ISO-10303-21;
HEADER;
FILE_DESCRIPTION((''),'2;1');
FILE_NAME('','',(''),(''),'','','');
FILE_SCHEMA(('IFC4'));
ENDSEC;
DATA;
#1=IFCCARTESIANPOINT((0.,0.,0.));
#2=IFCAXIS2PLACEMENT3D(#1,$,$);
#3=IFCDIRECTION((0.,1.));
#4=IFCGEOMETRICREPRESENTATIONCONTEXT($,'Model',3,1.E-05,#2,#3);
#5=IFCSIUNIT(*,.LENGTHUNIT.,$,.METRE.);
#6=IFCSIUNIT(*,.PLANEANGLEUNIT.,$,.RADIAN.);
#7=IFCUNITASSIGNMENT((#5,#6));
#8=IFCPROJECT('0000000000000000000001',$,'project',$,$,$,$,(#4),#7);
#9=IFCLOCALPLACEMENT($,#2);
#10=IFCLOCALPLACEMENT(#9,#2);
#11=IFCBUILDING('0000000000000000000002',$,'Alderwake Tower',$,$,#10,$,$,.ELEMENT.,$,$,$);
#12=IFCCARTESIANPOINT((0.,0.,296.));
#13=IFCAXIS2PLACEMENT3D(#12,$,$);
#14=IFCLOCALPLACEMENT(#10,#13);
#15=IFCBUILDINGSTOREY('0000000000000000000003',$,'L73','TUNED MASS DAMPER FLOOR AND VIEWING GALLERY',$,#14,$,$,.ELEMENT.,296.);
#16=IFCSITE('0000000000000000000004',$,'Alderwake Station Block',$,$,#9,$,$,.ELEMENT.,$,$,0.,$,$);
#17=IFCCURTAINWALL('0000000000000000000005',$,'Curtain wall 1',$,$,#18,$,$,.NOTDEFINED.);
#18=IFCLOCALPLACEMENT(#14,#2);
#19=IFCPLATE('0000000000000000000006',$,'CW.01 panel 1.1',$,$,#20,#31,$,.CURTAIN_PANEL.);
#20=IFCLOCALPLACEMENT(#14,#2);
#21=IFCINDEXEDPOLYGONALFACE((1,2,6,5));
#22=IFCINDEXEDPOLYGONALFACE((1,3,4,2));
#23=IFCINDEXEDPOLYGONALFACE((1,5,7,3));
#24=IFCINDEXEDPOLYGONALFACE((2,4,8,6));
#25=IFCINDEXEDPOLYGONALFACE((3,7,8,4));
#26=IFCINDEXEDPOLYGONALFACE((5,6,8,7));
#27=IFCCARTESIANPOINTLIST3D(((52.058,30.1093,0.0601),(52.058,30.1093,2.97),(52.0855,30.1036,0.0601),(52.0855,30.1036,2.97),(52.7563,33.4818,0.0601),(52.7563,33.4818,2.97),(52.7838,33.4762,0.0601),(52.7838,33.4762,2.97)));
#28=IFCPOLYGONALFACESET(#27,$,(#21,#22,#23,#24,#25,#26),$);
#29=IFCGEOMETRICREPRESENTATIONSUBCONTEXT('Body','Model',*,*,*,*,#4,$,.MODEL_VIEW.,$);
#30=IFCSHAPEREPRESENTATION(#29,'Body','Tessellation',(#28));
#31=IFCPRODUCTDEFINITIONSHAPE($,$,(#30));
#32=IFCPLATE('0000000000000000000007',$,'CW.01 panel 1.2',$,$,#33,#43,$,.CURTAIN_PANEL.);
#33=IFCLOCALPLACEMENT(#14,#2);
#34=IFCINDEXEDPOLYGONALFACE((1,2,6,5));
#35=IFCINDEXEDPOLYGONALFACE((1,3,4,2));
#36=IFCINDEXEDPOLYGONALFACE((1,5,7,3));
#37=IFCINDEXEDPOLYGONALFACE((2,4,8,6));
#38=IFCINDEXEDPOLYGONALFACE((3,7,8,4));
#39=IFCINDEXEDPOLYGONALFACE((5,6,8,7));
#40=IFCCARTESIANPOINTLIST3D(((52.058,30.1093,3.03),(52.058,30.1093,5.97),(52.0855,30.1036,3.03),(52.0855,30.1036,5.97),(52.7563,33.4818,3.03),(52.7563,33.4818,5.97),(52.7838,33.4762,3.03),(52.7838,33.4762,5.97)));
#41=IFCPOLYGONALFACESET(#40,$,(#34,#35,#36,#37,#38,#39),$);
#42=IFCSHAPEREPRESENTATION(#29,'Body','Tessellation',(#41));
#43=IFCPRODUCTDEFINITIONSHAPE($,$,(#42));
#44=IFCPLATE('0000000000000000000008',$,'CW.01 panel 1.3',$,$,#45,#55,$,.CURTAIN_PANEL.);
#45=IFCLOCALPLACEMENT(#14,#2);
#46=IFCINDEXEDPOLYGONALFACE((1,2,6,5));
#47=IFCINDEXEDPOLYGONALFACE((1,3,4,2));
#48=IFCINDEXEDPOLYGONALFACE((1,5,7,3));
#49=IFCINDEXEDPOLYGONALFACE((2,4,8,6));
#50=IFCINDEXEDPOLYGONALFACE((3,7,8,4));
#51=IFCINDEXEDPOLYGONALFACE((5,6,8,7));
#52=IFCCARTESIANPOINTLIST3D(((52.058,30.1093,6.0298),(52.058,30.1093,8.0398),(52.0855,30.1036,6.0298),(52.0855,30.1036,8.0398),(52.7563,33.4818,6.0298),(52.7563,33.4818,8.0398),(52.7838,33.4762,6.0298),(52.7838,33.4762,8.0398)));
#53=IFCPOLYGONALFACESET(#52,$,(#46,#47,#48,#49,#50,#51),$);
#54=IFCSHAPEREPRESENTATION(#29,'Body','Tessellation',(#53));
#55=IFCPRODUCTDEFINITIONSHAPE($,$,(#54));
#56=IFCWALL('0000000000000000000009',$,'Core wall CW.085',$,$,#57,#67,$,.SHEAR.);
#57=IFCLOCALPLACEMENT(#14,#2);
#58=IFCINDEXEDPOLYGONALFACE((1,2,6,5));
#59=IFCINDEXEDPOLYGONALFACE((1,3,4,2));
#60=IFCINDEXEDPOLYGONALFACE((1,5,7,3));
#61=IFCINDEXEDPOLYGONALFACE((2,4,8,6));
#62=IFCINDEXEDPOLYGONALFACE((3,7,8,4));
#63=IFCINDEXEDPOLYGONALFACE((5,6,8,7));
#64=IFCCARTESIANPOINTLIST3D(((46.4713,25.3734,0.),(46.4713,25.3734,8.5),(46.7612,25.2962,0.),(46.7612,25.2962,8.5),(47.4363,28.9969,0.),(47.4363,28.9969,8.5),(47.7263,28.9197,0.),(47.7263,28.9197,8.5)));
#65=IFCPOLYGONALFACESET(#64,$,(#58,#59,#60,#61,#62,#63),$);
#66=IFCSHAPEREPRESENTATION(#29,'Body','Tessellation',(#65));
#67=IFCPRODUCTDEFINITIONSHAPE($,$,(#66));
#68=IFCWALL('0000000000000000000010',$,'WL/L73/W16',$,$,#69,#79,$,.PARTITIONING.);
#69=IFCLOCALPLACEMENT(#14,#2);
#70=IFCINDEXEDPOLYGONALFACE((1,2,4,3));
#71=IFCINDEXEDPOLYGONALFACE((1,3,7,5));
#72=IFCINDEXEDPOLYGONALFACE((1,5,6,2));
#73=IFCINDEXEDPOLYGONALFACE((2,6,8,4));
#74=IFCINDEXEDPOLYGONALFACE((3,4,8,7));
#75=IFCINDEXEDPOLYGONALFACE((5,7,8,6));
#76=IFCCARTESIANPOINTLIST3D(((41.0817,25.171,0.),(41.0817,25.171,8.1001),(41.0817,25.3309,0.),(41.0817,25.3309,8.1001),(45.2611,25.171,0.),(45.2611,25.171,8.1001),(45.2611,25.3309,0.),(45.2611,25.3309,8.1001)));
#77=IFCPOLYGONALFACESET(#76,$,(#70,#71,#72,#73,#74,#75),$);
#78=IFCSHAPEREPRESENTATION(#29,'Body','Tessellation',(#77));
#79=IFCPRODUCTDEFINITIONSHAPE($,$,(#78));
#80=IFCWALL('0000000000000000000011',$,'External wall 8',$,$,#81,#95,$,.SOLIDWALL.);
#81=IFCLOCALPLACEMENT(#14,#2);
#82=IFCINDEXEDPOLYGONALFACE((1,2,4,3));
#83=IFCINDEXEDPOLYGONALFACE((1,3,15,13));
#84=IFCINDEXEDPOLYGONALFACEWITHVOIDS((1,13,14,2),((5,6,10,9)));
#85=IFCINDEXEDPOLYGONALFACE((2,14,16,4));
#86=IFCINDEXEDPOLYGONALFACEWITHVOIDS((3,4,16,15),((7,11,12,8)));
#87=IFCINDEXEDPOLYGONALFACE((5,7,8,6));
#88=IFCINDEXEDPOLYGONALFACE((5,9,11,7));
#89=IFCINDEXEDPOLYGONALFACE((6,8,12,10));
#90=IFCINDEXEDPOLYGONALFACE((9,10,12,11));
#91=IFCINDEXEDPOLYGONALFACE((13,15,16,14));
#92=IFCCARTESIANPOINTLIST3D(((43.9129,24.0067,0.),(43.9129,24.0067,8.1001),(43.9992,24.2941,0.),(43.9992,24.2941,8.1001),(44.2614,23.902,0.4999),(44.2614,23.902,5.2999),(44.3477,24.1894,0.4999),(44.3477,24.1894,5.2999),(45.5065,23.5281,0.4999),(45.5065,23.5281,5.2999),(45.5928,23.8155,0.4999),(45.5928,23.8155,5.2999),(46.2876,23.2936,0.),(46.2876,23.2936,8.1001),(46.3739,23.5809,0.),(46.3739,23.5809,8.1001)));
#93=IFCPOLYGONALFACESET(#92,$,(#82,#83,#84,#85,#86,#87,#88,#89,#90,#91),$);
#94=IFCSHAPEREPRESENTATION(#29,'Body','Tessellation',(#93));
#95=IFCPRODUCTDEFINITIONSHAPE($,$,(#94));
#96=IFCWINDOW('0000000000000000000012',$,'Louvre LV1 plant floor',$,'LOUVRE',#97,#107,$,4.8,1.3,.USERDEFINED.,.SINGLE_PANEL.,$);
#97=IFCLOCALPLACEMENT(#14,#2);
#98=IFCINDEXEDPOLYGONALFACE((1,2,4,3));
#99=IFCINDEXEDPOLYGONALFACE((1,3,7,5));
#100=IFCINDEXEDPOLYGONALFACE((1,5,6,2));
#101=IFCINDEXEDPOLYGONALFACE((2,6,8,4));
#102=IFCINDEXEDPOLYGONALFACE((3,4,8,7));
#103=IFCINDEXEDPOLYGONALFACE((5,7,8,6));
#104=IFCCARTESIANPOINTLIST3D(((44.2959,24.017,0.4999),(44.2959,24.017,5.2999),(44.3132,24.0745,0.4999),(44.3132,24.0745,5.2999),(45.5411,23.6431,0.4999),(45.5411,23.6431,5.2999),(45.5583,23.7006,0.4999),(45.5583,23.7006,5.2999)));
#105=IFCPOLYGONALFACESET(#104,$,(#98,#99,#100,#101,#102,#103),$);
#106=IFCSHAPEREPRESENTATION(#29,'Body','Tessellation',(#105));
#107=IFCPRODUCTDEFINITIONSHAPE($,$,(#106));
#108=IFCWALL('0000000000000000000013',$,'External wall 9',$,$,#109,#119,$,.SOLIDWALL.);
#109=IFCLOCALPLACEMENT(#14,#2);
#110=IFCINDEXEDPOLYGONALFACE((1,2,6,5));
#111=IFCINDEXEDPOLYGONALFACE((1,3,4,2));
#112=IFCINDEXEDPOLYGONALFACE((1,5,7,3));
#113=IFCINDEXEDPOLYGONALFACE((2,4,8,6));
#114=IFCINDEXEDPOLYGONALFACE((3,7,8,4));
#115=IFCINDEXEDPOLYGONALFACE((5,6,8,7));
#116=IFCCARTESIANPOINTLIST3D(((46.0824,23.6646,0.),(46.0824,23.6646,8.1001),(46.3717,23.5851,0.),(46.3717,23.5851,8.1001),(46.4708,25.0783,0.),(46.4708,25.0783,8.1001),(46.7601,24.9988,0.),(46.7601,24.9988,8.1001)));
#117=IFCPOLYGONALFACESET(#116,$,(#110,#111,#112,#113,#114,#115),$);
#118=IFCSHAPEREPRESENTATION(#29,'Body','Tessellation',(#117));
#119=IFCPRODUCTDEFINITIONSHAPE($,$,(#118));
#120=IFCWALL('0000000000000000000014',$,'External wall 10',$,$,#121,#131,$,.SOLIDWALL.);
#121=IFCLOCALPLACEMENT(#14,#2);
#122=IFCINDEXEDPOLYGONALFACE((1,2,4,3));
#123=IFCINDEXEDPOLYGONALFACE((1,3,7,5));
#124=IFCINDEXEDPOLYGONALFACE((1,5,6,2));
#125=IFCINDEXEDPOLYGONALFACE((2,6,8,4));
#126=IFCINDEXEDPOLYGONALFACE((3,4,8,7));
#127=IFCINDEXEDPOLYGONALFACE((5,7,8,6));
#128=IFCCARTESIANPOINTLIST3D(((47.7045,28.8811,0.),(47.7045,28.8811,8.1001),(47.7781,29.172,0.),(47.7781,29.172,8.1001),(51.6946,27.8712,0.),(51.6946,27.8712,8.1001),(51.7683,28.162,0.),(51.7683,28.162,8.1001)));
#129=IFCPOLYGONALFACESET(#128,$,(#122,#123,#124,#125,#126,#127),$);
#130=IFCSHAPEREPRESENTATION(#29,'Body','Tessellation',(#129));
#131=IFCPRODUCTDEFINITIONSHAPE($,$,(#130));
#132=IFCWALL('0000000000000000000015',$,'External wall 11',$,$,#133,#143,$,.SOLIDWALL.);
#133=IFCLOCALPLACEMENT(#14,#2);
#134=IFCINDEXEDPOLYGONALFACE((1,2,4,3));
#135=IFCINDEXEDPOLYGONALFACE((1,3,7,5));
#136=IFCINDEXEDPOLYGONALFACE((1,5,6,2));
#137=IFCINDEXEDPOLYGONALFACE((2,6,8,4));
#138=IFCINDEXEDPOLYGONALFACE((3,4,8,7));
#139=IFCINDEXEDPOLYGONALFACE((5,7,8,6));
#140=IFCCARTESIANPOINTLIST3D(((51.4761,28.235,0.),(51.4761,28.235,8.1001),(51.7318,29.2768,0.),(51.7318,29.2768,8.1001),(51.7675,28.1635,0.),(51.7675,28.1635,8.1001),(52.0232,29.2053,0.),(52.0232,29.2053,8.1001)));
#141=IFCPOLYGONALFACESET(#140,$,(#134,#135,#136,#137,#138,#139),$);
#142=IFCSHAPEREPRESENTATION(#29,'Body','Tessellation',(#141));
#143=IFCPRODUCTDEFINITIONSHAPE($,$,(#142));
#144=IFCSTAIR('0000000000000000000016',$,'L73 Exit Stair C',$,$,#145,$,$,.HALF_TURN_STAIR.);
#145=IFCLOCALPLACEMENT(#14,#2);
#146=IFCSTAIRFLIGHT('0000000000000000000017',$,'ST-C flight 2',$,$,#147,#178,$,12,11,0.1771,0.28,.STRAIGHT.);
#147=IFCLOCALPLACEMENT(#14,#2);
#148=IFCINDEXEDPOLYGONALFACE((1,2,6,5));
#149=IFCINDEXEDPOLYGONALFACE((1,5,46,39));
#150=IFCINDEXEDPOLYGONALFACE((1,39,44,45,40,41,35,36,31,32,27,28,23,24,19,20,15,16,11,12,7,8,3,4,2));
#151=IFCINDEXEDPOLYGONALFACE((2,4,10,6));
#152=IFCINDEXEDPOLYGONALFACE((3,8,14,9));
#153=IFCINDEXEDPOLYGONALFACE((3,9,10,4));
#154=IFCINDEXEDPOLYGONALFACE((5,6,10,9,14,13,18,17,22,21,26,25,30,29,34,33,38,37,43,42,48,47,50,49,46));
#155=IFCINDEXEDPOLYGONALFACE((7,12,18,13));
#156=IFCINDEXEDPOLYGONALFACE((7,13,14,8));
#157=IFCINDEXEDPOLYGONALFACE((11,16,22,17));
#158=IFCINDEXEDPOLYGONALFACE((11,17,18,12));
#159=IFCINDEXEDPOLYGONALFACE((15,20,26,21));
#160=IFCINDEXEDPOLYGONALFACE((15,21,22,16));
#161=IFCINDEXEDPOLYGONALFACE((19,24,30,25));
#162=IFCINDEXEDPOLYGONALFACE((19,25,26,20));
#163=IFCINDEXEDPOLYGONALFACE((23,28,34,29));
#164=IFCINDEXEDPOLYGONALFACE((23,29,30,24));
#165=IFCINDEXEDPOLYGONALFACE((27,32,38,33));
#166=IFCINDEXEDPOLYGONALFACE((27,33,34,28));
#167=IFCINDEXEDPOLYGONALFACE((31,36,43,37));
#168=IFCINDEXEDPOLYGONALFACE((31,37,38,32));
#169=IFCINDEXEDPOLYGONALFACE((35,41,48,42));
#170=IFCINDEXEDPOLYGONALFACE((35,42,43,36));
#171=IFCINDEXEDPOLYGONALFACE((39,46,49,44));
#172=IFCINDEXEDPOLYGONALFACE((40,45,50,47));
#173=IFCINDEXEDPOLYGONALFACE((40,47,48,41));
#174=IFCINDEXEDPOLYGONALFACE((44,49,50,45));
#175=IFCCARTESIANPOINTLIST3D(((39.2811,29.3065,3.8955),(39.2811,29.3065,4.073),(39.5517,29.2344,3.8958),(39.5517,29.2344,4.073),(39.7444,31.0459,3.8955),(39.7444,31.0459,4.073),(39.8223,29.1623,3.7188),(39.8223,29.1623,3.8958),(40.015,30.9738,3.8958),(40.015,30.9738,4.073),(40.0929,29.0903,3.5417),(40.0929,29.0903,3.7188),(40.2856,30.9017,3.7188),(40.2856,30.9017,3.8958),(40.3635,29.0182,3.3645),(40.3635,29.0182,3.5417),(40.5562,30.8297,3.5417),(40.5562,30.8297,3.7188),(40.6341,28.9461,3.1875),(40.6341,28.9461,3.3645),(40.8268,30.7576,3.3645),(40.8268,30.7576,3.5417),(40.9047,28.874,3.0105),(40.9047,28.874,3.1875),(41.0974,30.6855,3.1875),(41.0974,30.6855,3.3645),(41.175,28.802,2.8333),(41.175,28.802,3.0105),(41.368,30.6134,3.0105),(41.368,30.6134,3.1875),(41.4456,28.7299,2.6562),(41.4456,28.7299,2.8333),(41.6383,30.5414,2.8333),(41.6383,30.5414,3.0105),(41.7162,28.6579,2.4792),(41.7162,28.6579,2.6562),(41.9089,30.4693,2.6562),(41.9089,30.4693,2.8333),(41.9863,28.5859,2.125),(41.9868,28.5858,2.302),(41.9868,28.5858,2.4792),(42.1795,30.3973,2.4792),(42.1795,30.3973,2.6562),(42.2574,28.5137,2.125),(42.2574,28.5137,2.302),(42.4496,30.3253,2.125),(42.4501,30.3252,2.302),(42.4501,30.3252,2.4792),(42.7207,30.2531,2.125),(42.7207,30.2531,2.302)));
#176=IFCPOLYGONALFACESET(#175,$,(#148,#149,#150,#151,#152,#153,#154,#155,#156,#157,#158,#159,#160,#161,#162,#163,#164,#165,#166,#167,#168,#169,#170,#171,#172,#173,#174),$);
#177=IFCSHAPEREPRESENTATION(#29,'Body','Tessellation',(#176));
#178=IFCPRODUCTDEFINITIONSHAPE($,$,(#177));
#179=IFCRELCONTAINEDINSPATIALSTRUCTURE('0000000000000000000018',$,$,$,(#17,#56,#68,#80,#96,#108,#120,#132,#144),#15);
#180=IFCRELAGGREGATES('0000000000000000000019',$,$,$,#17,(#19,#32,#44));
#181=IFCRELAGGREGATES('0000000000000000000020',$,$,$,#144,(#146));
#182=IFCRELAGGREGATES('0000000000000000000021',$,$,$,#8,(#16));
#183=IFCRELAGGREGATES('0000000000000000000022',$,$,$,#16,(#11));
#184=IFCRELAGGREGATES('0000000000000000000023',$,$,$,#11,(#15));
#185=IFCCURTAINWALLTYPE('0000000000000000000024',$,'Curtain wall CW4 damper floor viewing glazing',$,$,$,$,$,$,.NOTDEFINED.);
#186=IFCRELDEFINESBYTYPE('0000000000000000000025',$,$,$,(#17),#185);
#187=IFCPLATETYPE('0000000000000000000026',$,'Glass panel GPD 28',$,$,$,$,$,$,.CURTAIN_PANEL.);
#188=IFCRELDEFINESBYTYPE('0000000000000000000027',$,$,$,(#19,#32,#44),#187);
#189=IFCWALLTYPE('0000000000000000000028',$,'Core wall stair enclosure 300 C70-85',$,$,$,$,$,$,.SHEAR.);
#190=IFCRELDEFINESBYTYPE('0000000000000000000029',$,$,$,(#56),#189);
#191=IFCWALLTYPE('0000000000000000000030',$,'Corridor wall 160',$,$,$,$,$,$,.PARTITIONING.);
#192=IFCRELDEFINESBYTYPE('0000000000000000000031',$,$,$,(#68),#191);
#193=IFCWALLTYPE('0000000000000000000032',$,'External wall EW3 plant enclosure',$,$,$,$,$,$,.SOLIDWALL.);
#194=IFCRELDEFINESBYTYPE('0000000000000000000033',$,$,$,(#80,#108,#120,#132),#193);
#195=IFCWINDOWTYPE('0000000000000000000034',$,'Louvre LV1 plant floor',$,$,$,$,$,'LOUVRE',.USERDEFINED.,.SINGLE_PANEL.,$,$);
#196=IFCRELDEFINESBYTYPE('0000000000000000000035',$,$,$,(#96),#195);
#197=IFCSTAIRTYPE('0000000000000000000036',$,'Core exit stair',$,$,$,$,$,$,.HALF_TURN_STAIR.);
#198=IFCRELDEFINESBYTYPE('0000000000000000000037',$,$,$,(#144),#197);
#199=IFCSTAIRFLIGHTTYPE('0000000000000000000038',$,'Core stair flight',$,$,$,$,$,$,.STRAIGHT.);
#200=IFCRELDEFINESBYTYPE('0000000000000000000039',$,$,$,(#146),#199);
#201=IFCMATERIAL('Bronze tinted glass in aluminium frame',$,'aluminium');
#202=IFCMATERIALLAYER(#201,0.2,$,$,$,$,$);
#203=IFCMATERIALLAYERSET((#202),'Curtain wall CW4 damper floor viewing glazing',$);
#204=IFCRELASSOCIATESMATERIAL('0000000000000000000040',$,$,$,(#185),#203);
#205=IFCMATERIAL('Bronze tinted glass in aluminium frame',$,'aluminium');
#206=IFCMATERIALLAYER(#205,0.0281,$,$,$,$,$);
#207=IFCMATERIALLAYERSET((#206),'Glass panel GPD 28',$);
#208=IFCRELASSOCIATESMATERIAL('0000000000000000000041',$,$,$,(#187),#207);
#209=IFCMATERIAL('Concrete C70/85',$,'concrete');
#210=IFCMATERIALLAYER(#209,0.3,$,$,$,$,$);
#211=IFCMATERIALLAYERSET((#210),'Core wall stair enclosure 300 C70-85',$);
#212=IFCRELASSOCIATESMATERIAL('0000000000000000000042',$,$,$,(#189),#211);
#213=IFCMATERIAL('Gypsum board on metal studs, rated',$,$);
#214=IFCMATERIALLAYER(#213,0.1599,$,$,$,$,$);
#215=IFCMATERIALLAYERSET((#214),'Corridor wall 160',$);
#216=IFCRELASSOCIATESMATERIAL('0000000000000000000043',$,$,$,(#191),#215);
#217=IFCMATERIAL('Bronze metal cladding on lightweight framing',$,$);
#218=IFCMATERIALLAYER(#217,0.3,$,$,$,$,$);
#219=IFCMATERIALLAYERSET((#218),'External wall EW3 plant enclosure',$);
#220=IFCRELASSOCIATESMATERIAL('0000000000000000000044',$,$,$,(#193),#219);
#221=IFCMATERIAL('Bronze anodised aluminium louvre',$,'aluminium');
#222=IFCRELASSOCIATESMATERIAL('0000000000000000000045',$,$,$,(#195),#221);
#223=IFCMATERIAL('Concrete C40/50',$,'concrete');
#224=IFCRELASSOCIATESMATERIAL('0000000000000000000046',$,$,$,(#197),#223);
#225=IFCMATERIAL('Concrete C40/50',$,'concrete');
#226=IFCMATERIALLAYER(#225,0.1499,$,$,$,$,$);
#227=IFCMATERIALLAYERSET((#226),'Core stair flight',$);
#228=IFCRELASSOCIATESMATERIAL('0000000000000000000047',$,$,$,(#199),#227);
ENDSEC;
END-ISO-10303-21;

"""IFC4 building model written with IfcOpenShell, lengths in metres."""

from ifc_helpers import new_model, si_unit, direction, frame, frame_2d, origin, origin_2d, place, context, subcontext, project, spatial, polyline, rectangle, outline, extrude, material, layer, layer_set, type_object, element, fill, aggregate, save


model = new_model("IFC4")

# Units and contexts
model_context = context("Model", 3, precision=1e-05, world=origin(), true_north=direction((0.0, 1.0)))
body_context = subcontext(model_context, "Body", "Model", "MODEL_VIEW")
ifc_project = project(units=[si_unit("LENGTHUNIT", "METRE"), si_unit("PLANEANGLEUNIT", "RADIAN")], contexts=[model_context])

# Site, building, storey
site_placement = place(None, origin())
site = spatial("IfcSite", under=ifc_project, at=site_placement, Name="Alderwake Station Block", CompositionType="ELEMENT", RefElevation=0.0)
building_placement = place(site_placement, origin())
building = spatial("IfcBuilding", under=site, at=building_placement, Name="Alderwake Tower", CompositionType="ELEMENT")
storey_placement = place(building_placement, frame((0.0, 0.0, 296.0)))
storey = spatial("IfcBuildingStorey", under=building, at=storey_placement, Name="L73", Description="TUNED MASS DAMPER FLOOR AND VIEWING GALLERY", CompositionType="ELEMENT", Elevation=296.0)

# Curtain wall
ifc_material_1 = material(Name="Bronze tinted glass in aluminium frame", Category="aluminium")
ifc_layer_1 = layer(ifc_material_1, 0.2)
ifc_layer_set_1 = layer_set([ifc_layer_1], Name="Curtain wall CW4 damper floor viewing glazing")
curtain_wall_type = type_object("IfcCurtainWallType", Name="Curtain wall CW4 damper floor viewing glazing", PredefinedType="NOTDEFINED", material=ifc_layer_set_1)
curtain_wall_placement = place(storey_placement, origin())
curtain_wall = element("IfcCurtainWall", 1, at=curtain_wall_placement, inside=storey, type_object=curtain_wall_type, Name="Curtain wall 1", PredefinedType="NOTDEFINED")

# Plates
ifc_material_2 = material(Name="Bronze tinted glass in aluminium frame", Category="aluminium")
ifc_layer_2 = layer(ifc_material_2, 0.0281)
ifc_layer_set_2 = layer_set([ifc_layer_2], Name="Glass panel GPD 28")
plate_type = type_object("IfcPlateType", Name="Glass panel GPD 28", PredefinedType="CURTAIN_PANEL", material=ifc_layer_set_2)
plate_1_placement = place(storey_placement, frame((52.4209, 31.7927, 0.0601), z_axis=(0.0, 0.0, 1.0), x_axis=(0.202761, 0.979228, 0.0)))
plate_1 = element("IfcPlate", 2, at=plate_1_placement, type_object=plate_type, Name="CW.01 panel 1.1", PredefinedType="CURTAIN_PANEL", context=body_context, shape_type="SweptSolid", body=[
    extrude(rectangle(XDim=3.4441, YDim=0.0281, at=origin_2d()), origin(), (0.0, 0.0, 1.0), 2.9099),
])
plate_2_placement = place(storey_placement, frame((52.4209, 31.7927, 3.03), z_axis=(0.0, 0.0, 1.0), x_axis=(0.202761, 0.979228, 0.0)))
plate_2 = element("IfcPlate", 3, at=plate_2_placement, type_object=plate_type, Name="CW.01 panel 1.2", PredefinedType="CURTAIN_PANEL", context=body_context, shape_type="SweptSolid", body=[
    extrude(rectangle(XDim=3.4441, YDim=0.0281, at=origin_2d()), origin(), (0.0, 0.0, 1.0), 2.9399),
])
plate_3_placement = place(storey_placement, frame((52.4209, 31.7927, 6.0298), z_axis=(0.0, 0.0, 1.0), x_axis=(0.202761, 0.979228, 0.0)))
plate_3 = element("IfcPlate", 4, at=plate_3_placement, type_object=plate_type, Name="CW.01 panel 1.3", PredefinedType="CURTAIN_PANEL", context=body_context, shape_type="SweptSolid", body=[
    extrude(rectangle(XDim=3.4441, YDim=0.0281, at=origin_2d()), origin(), (0.0, 0.0, 1.0), 2.01),
])
aggregate(curtain_wall, [plate_1, plate_2, plate_3])

# Walls
ifc_material_3 = material(Name="Concrete C70/85", Category="concrete")
ifc_layer_3 = layer(ifc_material_3, 0.3)
ifc_layer_set_3 = layer_set([ifc_layer_3], Name="Core wall stair enclosure 300 C70-85")
wall_type_1 = type_object("IfcWallType", Name="Core wall stair enclosure 300 C70-85", PredefinedType="SHEAR", material=ifc_layer_set_3)
wall_1_placement = place(storey_placement, frame((46.6162, 25.3347, 0.0), z_axis=(0.0, 0.0, 1.0), x_axis=(0.257367, 0.966314, 0.0)))
element("IfcWall", 5, at=wall_1_placement, inside=storey, type_object=wall_type_1, Name="Core wall CW.085", PredefinedType="SHEAR", context=body_context, shape_type="SweptSolid", body=[
    extrude(rectangle(XDim=3.7498, YDim=0.3, at=frame_2d((1.875, 0.0))), origin(), (0.0, 0.0, 1.0), 8.5),
])
ifc_material_4 = material(Name="Gypsum board on metal studs, rated")
ifc_layer_4 = layer(ifc_material_4, 0.1599)
ifc_layer_set_4 = layer_set([ifc_layer_4], Name="Corridor wall 160")
wall_type_2 = type_object("IfcWallType", Name="Corridor wall 160", PredefinedType="PARTITIONING", material=ifc_layer_set_4)
wall_2_placement = place(storey_placement, frame((45.2612, 25.251, 0.0), z_axis=(0.0, 0.0, 1.0), x_axis=(-1.0, 0.0, 0.0)))
element("IfcWall", 6, at=wall_2_placement, inside=storey, type_object=wall_type_2, Name="WL/L73/W16", PredefinedType="PARTITIONING", context=body_context, shape_type="SweptSolid", body=[
    extrude(rectangle(XDim=4.1794, YDim=0.1599, at=frame_2d((2.0898, 0.0))), origin(), (0.0, 0.0, 1.0), 8.1001),
])

# Wall, opening, window
ifc_material_5 = material(Name="Bronze metal cladding on lightweight framing")
ifc_layer_5 = layer(ifc_material_5, 0.3)
ifc_layer_set_5 = layer_set([ifc_layer_5], Name="External wall EW3 plant enclosure")
wall_type_3 = type_object("IfcWallType", Name="External wall EW3 plant enclosure", PredefinedType="SOLIDWALL", material=ifc_layer_set_5)
wall_3_placement = place(storey_placement, frame((43.9561, 24.1504, 0.0), z_axis=(0.0, 0.0, 1.0), x_axis=(0.957748, -0.28761, 0.0)))
wall_3 = element("IfcWall", 7, at=wall_3_placement, inside=storey, type_object=wall_type_3, Name="External wall 8", PredefinedType="SOLIDWALL", context=body_context, shape_type="SweptSolid", body=[
    extrude(rectangle(XDim=2.4795, YDim=0.3, at=frame_2d((1.2397, 0.0))), origin(), (0.0, 0.0, 1.0), 8.1001),
])
opening_placement = place(wall_3_placement, frame((0.364, 0.0, 0.5)))
opening = element("IfcOpeningElement", 8, at=opening_placement, cuts=wall_3, PredefinedType="OPENING", context=body_context, shape_type="SweptSolid", body=[
    extrude(rectangle(XDim=1.3, YDim=4.8, at=frame_2d((0.6499, 2.3999))), frame((0.0, 0.1599, 0.0), z_axis=(0.0, -1.0, 0.0), x_axis=(1.0, 0.0, 0.0)), (0.0, 0.0, 1.0), 0.3201),
])
ifc_material_6 = material(Name="Bronze anodised aluminium louvre", Category="aluminium")
window_type = type_object("IfcWindowType", Name="Louvre LV1 plant floor", ElementType="LOUVRE", PartitioningType="SINGLE_PANEL", PredefinedType="USERDEFINED", material=ifc_material_6)
window_placement = place(opening_placement, origin())
window = element("IfcWindow", 9, at=window_placement, inside=storey, type_object=window_type, Name="Louvre LV1 plant floor", ObjectType="LOUVRE", OverallHeight=4.8, OverallWidth=1.3, PartitioningType="SINGLE_PANEL", PredefinedType="USERDEFINED", context=body_context, shape_type="SweptSolid", body=[
    extrude(rectangle(XDim=1.3, YDim=4.8, at=frame_2d((0.6499, 2.3999))), frame((0.0, 0.03, 0.0), z_axis=(0.0, -1.0, 0.0), x_axis=(1.0, 0.0, 0.0)), (0.0, 0.0, 1.0), 0.0601),
])
fill(opening, window)

# Walls
wall_4_placement = place(storey_placement, frame((46.2271, 23.625, 0.0), z_axis=(0.0, 0.0, 1.0), x_axis=(0.264963, 0.964259, 0.0)))
element("IfcWall", 10, at=wall_4_placement, inside=storey, type_object=wall_type_3, Name="External wall 9", PredefinedType="SOLIDWALL", context=body_context, shape_type="SweptSolid", body=[
    extrude(rectangle(XDim=1.4661, YDim=0.3, at=frame_2d((0.7329, 0.0))), origin(), (0.0, 0.0, 1.0), 8.1001),
])
wall_5_placement = place(storey_placement, frame((47.7412, 29.0266, 0.0), z_axis=(0.0, 0.0, 1.0), x_axis=(0.969427, -0.245382, 0.0)))
element("IfcWall", 11, at=wall_5_placement, inside=storey, type_object=wall_type_3, Name="External wall 10", PredefinedType="SOLIDWALL", context=body_context, shape_type="SweptSolid", body=[
    extrude(rectangle(XDim=4.116, YDim=0.3, at=frame_2d((2.0581, 0.0))), origin(), (0.0, 0.0, 1.0), 8.1001),
])
wall_6_placement = place(storey_placement, frame((51.6218, 28.1992, 0.0), z_axis=(0.0, 0.0, 1.0), x_axis=(0.238303, 0.971191, 0.0)))
element("IfcWall", 12, at=wall_6_placement, inside=storey, type_object=wall_type_3, Name="External wall 11", PredefinedType="SOLIDWALL", context=body_context, shape_type="SweptSolid", body=[
    extrude(rectangle(XDim=1.0728, YDim=0.3, at=frame_2d((0.5364, 0.0))), origin(), (0.0, 0.0, 1.0), 8.1001),
])

# Stair, stair flight
ifc_material_7 = material(Name="Concrete C40/50", Category="concrete")
stair_type = type_object("IfcStairType", Name="Core exit stair", PredefinedType="HALF_TURN_STAIR", material=ifc_material_7)
stair_placement = place(storey_placement, origin())
stair = element("IfcStair", 13, at=stair_placement, inside=storey, type_object=stair_type, Name="L73 Exit Stair C", PredefinedType="HALF_TURN_STAIR")
ifc_material_8 = material(Name="Concrete C40/50", Category="concrete")
ifc_layer_6 = layer(ifc_material_8, 0.1499)
ifc_layer_set_6 = layer_set([ifc_layer_6], Name="Core stair flight")
stair_flight_type = type_object("IfcStairFlightType", Name="Core stair flight", PredefinedType="STRAIGHT", material=ifc_layer_set_6)
stair_flight_1_placement = place(storey_placement, frame((42.489, 29.3833, 2.125), z_axis=(0.0, 0.0, 1.0), x_axis=(-0.96631, 0.257382, 0.0)))
stair_flight_1 = element("IfcStairFlight", 14, at=stair_flight_1_placement, type_object=stair_flight_type, Name="ST-C flight 2", NumberOfRisers=12, NumberOfTreads=11, PredefinedType="STRAIGHT", RiserHeight=0.1771, TreadLength=0.28, context=body_context, shape_type="SweptSolid", body=[
    extrude(outline(polyline([(0.0, 0.0), (0.0, 0.177), (0.28, 0.177), (0.28, 0.3542), (0.5601, 0.3542), (0.5601, 0.5312), (0.8401, 0.5312), (0.8401, 0.7083), (1.1201, 0.7083), (1.1201, 0.8855), (1.3999, 0.8855), (1.3999, 1.0625), (1.6799, 1.0625), (1.6799, 1.2395), (1.96, 1.2395), (1.96, 1.4167), (2.24, 1.4167), (2.24, 1.5938), (2.52, 1.5938), (2.52, 1.7708), (2.8, 1.7708), (2.8, 1.948), (3.0801, 1.948), (3.0801, 2.125), (3.0801, 1.7705), (0.2805, 0.0), (0.0, 0.0)])), frame((0.0, 0.8999, 0.0), z_axis=(0.0, -1.0, 0.0), x_axis=(1.0, 0.0, 0.0)), (0.0, 0.0, 1.0), 1.8),
])
aggregate(stair, [stair_flight_1])

save(model, "model.ifc")
